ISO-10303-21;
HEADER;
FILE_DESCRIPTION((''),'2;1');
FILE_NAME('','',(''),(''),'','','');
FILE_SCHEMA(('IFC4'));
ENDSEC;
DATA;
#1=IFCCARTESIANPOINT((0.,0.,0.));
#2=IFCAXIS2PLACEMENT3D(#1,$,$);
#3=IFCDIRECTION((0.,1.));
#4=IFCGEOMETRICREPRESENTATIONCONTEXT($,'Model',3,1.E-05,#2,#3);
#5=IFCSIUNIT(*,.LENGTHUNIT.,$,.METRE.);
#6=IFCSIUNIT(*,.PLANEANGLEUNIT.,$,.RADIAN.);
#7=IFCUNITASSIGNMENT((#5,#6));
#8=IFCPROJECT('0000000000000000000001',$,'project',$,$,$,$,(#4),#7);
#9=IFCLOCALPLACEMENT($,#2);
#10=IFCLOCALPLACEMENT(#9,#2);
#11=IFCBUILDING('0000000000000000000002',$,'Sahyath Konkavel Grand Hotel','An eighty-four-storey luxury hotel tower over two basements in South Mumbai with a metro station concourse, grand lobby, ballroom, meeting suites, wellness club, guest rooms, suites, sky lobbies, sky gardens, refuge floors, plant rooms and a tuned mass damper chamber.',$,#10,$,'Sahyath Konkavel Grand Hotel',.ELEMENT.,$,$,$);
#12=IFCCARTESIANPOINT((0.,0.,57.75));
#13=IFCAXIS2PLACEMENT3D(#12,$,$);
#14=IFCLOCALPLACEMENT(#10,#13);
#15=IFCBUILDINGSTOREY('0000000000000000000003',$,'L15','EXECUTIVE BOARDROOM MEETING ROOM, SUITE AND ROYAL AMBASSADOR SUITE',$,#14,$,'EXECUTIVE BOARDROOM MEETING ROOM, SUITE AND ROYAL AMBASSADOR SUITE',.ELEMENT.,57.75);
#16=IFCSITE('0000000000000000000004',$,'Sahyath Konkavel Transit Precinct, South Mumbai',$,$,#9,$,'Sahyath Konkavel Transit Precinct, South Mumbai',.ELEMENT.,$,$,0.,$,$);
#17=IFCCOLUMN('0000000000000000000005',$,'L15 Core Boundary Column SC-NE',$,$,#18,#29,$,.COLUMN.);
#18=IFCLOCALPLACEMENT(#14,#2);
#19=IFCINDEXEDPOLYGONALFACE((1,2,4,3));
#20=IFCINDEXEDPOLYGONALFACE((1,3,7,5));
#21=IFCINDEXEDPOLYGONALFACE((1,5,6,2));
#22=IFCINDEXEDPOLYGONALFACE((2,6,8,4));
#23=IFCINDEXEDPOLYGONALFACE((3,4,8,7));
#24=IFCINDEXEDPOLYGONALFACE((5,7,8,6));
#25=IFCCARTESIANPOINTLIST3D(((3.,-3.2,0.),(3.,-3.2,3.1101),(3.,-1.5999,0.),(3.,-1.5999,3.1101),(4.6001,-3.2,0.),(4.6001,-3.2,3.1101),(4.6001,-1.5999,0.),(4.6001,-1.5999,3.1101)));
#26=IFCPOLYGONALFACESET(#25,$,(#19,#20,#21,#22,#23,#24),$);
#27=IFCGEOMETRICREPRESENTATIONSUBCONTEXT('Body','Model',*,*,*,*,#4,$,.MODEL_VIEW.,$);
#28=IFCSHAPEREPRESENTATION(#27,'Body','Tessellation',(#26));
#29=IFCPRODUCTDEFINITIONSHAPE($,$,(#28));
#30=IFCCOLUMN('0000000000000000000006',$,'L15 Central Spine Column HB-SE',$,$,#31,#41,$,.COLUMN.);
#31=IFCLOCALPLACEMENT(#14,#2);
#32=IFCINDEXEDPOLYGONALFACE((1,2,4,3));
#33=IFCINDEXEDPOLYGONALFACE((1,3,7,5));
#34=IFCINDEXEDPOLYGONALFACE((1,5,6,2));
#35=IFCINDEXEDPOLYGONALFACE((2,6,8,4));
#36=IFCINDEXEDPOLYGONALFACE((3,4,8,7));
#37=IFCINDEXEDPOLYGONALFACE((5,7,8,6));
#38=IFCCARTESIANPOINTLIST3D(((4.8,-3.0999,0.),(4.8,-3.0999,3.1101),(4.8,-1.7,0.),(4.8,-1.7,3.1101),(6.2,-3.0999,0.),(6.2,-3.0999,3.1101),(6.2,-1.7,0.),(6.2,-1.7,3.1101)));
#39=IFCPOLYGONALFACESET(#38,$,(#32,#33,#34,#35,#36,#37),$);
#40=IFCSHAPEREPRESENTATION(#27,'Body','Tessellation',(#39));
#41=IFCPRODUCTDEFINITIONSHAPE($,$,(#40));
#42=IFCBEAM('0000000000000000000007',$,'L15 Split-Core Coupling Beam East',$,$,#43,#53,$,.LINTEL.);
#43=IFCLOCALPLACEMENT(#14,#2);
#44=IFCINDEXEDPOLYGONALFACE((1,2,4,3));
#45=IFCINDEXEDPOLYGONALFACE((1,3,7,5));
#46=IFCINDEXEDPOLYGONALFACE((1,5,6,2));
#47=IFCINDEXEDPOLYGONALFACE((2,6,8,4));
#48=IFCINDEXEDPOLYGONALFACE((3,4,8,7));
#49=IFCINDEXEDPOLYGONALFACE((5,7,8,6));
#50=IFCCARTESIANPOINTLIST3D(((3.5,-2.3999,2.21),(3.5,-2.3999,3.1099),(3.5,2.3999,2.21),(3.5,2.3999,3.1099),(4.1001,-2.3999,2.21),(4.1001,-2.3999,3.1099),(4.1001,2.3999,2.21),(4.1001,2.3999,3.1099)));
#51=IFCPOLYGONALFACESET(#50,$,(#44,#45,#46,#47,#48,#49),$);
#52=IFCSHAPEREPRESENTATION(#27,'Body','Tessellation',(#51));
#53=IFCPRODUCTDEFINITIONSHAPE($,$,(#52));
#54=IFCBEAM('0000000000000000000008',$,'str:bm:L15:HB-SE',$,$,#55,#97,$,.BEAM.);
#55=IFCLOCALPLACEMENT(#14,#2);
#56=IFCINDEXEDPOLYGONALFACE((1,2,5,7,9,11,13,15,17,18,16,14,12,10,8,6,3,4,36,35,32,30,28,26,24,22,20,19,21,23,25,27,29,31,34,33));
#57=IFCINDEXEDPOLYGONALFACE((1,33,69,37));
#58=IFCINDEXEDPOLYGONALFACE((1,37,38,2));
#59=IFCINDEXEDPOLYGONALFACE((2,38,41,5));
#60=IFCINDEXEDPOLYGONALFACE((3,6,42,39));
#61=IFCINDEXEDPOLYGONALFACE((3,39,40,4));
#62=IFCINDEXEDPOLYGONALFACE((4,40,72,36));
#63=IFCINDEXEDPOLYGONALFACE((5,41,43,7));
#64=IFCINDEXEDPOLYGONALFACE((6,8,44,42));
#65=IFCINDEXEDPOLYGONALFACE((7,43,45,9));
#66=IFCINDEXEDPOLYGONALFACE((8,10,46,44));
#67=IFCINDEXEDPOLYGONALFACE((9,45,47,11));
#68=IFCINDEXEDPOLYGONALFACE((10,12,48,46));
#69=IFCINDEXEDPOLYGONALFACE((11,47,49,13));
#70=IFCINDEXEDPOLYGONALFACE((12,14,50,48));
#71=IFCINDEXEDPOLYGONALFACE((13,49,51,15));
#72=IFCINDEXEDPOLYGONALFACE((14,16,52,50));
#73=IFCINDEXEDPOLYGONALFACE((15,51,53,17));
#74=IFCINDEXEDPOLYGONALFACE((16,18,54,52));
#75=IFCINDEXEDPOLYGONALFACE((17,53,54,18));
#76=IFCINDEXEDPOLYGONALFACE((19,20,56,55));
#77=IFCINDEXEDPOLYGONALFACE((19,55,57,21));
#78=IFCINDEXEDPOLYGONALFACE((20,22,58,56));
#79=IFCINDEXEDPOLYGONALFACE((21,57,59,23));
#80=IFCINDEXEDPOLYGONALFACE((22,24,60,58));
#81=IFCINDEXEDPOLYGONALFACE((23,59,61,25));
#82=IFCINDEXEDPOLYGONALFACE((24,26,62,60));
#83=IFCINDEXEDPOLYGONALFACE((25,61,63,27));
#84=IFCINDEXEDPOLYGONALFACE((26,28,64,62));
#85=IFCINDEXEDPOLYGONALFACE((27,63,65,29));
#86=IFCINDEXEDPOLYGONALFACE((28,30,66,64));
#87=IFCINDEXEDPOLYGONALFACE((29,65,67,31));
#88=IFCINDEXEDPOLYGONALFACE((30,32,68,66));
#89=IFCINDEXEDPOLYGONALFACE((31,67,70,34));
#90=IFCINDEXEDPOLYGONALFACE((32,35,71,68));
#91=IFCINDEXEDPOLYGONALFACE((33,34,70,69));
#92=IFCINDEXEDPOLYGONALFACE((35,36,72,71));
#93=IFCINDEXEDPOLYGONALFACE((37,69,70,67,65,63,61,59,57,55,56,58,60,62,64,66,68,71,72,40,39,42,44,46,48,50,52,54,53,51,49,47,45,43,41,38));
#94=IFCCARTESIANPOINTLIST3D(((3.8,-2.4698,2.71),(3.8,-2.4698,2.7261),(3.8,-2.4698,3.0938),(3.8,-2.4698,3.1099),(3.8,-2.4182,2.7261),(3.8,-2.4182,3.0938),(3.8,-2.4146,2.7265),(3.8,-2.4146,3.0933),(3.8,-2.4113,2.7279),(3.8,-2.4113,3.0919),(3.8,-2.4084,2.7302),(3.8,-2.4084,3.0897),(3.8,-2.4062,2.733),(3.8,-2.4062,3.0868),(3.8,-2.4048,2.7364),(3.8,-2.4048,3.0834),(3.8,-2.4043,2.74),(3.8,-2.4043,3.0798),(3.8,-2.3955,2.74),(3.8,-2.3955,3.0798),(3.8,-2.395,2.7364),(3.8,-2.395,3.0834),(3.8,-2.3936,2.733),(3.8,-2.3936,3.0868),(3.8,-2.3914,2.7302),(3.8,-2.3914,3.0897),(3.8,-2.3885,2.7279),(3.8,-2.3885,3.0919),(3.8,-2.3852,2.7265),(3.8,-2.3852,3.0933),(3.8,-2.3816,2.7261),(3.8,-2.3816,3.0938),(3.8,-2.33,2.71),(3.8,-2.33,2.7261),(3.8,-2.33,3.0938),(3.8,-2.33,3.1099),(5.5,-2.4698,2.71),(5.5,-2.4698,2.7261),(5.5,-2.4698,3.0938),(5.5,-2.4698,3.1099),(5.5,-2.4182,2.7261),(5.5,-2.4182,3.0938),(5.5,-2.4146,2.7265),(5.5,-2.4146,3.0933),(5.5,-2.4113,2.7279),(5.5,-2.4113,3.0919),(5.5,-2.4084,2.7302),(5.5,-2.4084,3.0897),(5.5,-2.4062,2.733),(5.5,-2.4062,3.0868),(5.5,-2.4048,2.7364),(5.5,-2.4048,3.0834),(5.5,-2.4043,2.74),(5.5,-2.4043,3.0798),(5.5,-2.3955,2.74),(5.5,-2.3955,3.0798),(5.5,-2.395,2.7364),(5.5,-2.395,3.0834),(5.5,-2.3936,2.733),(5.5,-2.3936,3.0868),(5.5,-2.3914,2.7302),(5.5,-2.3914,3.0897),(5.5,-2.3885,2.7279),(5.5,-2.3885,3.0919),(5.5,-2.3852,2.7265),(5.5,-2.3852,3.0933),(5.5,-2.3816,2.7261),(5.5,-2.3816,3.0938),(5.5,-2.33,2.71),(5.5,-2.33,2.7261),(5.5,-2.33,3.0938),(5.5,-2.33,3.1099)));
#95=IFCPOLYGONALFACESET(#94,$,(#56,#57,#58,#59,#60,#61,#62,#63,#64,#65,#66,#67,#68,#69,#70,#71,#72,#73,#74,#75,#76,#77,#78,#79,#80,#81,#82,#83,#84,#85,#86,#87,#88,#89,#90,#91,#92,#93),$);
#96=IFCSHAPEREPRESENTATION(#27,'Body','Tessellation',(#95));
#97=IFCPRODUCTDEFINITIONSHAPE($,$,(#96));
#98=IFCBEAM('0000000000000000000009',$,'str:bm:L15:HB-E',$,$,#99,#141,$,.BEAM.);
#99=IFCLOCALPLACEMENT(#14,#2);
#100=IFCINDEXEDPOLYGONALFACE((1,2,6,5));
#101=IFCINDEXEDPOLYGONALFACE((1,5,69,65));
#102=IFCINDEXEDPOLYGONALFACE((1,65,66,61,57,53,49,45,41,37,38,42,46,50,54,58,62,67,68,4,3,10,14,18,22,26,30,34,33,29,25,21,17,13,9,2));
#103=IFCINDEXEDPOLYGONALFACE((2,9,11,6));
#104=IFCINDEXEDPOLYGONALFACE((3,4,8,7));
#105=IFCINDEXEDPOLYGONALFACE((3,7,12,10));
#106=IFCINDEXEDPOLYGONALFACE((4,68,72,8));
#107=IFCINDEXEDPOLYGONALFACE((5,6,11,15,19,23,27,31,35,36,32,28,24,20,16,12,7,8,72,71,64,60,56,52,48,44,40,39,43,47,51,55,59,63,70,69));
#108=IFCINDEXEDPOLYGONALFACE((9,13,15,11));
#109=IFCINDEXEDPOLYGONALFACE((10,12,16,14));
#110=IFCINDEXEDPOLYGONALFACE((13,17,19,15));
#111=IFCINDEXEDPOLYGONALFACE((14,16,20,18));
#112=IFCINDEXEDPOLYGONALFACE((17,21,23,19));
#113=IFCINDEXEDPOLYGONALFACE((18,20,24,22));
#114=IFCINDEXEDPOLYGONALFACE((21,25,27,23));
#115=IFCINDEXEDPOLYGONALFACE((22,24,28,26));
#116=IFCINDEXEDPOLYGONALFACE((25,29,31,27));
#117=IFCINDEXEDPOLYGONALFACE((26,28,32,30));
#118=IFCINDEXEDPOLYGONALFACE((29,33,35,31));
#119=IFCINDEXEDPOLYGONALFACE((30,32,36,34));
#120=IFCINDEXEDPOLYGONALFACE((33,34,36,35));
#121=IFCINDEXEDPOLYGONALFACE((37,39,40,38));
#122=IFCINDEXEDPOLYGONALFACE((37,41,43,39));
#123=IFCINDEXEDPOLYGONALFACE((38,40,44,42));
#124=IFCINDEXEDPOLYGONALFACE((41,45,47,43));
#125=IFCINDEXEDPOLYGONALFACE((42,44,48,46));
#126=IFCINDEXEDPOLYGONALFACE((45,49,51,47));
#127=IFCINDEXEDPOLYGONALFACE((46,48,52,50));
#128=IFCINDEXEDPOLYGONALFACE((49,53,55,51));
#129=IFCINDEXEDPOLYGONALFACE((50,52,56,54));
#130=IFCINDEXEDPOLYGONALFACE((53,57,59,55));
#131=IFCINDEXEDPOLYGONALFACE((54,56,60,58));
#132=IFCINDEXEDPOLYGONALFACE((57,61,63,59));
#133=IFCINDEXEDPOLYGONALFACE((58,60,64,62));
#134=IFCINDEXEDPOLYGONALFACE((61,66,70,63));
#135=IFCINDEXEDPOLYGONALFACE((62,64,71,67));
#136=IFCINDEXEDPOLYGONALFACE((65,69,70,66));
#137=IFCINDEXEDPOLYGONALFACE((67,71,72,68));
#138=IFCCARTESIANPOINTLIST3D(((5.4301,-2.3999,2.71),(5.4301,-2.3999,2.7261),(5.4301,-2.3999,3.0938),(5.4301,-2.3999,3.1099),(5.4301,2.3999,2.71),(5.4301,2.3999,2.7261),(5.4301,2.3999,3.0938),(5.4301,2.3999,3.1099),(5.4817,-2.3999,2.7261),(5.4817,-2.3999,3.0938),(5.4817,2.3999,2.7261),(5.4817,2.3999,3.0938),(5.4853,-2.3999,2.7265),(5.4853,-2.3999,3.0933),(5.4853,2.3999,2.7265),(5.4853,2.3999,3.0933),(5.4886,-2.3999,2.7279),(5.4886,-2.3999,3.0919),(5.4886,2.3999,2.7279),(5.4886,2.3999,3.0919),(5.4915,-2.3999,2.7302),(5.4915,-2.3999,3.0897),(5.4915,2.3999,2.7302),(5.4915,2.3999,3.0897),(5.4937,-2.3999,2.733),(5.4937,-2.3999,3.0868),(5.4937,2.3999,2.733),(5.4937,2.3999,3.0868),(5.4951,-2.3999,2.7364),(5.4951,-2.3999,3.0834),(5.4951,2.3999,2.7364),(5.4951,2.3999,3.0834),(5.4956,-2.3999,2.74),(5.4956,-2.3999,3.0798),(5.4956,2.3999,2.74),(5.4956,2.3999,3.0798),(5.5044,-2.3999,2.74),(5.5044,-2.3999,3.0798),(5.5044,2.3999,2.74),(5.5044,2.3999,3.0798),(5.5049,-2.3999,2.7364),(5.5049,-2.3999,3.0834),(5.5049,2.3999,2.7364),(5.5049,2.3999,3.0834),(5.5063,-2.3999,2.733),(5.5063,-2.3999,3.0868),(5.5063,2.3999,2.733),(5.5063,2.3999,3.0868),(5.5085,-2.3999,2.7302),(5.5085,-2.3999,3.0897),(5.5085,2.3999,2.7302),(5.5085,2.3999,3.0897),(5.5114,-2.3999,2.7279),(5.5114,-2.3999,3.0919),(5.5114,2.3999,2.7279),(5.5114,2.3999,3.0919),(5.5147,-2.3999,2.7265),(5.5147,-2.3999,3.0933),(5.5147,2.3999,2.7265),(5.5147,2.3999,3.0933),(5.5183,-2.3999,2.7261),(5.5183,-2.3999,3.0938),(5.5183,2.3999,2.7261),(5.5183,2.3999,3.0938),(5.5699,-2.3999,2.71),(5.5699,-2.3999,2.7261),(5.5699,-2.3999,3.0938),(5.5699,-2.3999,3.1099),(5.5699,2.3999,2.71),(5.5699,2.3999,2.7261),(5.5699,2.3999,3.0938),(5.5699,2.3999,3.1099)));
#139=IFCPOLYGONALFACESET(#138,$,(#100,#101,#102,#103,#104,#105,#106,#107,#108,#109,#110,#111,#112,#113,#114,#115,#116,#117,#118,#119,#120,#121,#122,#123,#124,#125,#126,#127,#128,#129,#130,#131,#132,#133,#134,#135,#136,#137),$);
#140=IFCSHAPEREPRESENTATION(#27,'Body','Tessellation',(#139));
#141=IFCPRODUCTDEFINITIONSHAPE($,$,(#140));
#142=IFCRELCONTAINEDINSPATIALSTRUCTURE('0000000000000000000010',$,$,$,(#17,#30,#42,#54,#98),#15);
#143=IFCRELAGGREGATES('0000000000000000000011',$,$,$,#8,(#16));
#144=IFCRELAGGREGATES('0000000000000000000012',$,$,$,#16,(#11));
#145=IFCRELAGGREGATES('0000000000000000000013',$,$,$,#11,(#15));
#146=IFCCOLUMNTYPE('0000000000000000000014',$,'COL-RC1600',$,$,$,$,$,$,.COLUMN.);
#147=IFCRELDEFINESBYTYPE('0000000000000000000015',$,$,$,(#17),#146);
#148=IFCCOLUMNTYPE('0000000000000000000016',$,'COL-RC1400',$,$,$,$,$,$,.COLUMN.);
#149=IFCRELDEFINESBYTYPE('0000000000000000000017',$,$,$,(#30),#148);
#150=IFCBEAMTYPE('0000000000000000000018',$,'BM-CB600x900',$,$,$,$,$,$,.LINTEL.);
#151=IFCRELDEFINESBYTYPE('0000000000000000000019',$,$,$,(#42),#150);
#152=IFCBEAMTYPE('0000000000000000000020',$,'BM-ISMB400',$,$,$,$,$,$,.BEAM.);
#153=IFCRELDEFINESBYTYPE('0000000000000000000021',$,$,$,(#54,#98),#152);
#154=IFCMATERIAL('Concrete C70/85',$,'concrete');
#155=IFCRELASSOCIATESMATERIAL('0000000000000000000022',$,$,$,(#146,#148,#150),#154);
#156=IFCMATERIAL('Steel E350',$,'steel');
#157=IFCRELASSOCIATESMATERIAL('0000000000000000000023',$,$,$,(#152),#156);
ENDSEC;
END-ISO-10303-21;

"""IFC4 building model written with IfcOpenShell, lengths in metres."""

from ifc_helpers import new_model, si_unit, direction, frame, origin, origin_2d, place, context, subcontext, project, spatial, rectangle, i_section, extrude, source, transform, mapped, material, material_profile, profile_set, type_object, element, save


model = new_model("IFC4")

# Units and contexts
model_context = context("Model", 3, precision=1e-05, world=origin(), true_north=direction((0.0, 1.0)))
body_context = subcontext(model_context, "Body", "Model", "MODEL_VIEW")
ifc_project = project(units=[si_unit("LENGTHUNIT", "METRE"), si_unit("PLANEANGLEUNIT", "RADIAN")], contexts=[model_context])

# Site, building, storey
site_placement = place(None, origin())
site = spatial("IfcSite", under=ifc_project, at=site_placement, Name="Sahyath Konkavel Transit Precinct, South Mumbai", LongName="Sahyath Konkavel Transit Precinct, South Mumbai", CompositionType="ELEMENT", RefElevation=0.0)
building_placement = place(site_placement, origin())
building = spatial("IfcBuilding", under=site, at=building_placement, Name="Sahyath Konkavel Grand Hotel", Description="An eighty-four-storey luxury hotel tower over two basements in South Mumbai with a metro station concourse, grand lobby, ballroom, meeting suites, wellness club, guest rooms, suites, sky lobbies, sky gardens, refuge floors, plant rooms and a tuned mass damper chamber.", LongName="Sahyath Konkavel Grand Hotel", CompositionType="ELEMENT")
storey_placement = place(building_placement, frame((0.0, 0.0, 57.75)))
storey = spatial("IfcBuildingStorey", under=building, at=storey_placement, Name="L15", Description="EXECUTIVE BOARDROOM MEETING ROOM, SUITE AND ROYAL AMBASSADOR SUITE", LongName="EXECUTIVE BOARDROOM MEETING ROOM, SUITE AND ROYAL AMBASSADOR SUITE", CompositionType="ELEMENT", Elevation=57.75)

# Columns
ifc_material_1 = material(Name="Concrete C70/85", Category="concrete")
ifc_material_profile_1 = material_profile(ifc_material_1, rectangle(XDim=1.6001, YDim=1.6001, at=origin_2d()), Name="RC 1600x1600")
ifc_profile_set_1 = profile_set([ifc_material_profile_1], Name="Concrete C70/85")
column_type_1 = type_object("IfcColumnType", Name="COL-RC1600", PredefinedType="COLUMN", material=ifc_profile_set_1)
shared_shape_1 = source(origin(), body_context, "Body", "SweptSolid", [
    extrude(rectangle(XDim=1.6001, YDim=1.6001, at=origin_2d()), origin(), (0.0, 0.0, 1.0), 3.1101),
])
column_1_placement = place(storey_placement, frame((3.8, -2.3999, 0.0), z_axis=(0.0, 0.0, 1.0), x_axis=(1.0, 0.0, 0.0)))
element("IfcColumn", 1, at=column_1_placement, inside=storey, type_object=column_type_1, Name="L15 Core Boundary Column SC-NE", PredefinedType="COLUMN", context=body_context, shape_type="MappedRepresentation", body=[
    mapped(shared_shape_1, transform((0.0, 0.0, 0.0), scale=1.0)),
])
ifc_material_profile_2 = material_profile(ifc_material_1, rectangle(XDim=1.3999, YDim=1.3999, at=origin_2d()), Name="RC 1400x1400")
ifc_profile_set_2 = profile_set([ifc_material_profile_2], Name="Concrete C70/85")
column_type_2 = type_object("IfcColumnType", Name="COL-RC1400", PredefinedType="COLUMN", material=ifc_profile_set_2)
shared_shape_2 = source(origin(), body_context, "Body", "SweptSolid", [
    extrude(rectangle(XDim=1.3999, YDim=1.3999, at=origin_2d()), origin(), (0.0, 0.0, 1.0), 3.1101),
])
column_2_placement = place(storey_placement, frame((5.5, -2.3999, 0.0), z_axis=(0.0, 0.0, 1.0), x_axis=(1.0, 0.0, 0.0)))
element("IfcColumn", 2, at=column_2_placement, inside=storey, type_object=column_type_2, Name="L15 Central Spine Column HB-SE", PredefinedType="COLUMN", context=body_context, shape_type="MappedRepresentation", body=[
    mapped(shared_shape_2, transform((0.0, 0.0, 0.0), scale=1.0)),
])

# Beams
ifc_material_profile_3 = material_profile(ifc_material_1, rectangle(XDim=0.6001, YDim=0.8999, at=origin_2d()), Name="RC 600x900")
ifc_profile_set_3 = profile_set([ifc_material_profile_3], Name="Concrete C70/85")
beam_type_1 = type_object("IfcBeamType", Name="BM-CB600x900", PredefinedType="LINTEL", material=ifc_profile_set_3)
shared_shape_3 = source(origin(), body_context, "Body", "SweptSolid", [
    extrude(rectangle(XDim=0.6001, YDim=0.8999, at=origin_2d()), origin(), (0.0, 0.0, 1.0), 4.7998),
])
beam_1_placement = place(storey_placement, frame((3.8, -2.3999, 2.6599), z_axis=(0.0, 1.0, 0.0), x_axis=(-1.0, 0.0, 0.0)))
element("IfcBeam", 3, at=beam_1_placement, inside=storey, type_object=beam_type_1, Name="L15 Split-Core Coupling Beam East", PredefinedType="LINTEL", context=body_context, shape_type="MappedRepresentation", body=[
    mapped(shared_shape_3, transform((0.0, 0.0, 0.0), scale=1.0)),
])
ifc_material_2 = material(Name="Steel E350", Category="steel")
ifc_material_profile_4 = material_profile(ifc_material_2, i_section(OverallWidth=0.1399, OverallDepth=0.3999, WebThickness=0.0088, FlangeThickness=0.0161, FilletRadius=0.0139, at=origin_2d()), Name="ISMB 400")
ifc_profile_set_4 = profile_set([ifc_material_profile_4], Name="Steel E350")
beam_type_2 = type_object("IfcBeamType", Name="BM-ISMB400", PredefinedType="BEAM", material=ifc_profile_set_4)
shared_shape_4 = source(origin(), body_context, "Body", "SweptSolid", [
    extrude(i_section(OverallWidth=0.1399, OverallDepth=0.3999, WebThickness=0.0088, FlangeThickness=0.0161, FilletRadius=0.0139, at=origin_2d()), origin(), (0.0, 0.0, 1.0), 1.7),
])
beam_2_placement = place(storey_placement, frame((3.8, -2.3999, 2.9099), z_axis=(1.0, 0.0, 0.0), x_axis=(0.0, 1.0, 0.0)))
element("IfcBeam", 4, at=beam_2_placement, inside=storey, type_object=beam_type_2, Name="str:bm:L15:HB-SE", PredefinedType="BEAM", context=body_context, shape_type="MappedRepresentation", body=[
    mapped(shared_shape_4, transform((0.0, 0.0, 0.0), scale=1.0)),
])
shared_shape_5 = source(origin(), body_context, "Body", "SweptSolid", [
    extrude(i_section(OverallWidth=0.1399, OverallDepth=0.3999, WebThickness=0.0088, FlangeThickness=0.0161, FilletRadius=0.0139, at=origin_2d()), origin(), (0.0, 0.0, 1.0), 4.7998),
])
beam_3_placement = place(storey_placement, frame((5.5, -2.3999, 2.9099), z_axis=(0.0, 1.0, 0.0), x_axis=(-1.0, 0.0, 0.0)))
element("IfcBeam", 5, at=beam_3_placement, inside=storey, type_object=beam_type_2, Name="str:bm:L15:HB-E", PredefinedType="BEAM", context=body_context, shape_type="MappedRepresentation", body=[
    mapped(shared_shape_5, transform((0.0, 0.0, 0.0), scale=1.0)),
])

save(model, "model.ifc")
